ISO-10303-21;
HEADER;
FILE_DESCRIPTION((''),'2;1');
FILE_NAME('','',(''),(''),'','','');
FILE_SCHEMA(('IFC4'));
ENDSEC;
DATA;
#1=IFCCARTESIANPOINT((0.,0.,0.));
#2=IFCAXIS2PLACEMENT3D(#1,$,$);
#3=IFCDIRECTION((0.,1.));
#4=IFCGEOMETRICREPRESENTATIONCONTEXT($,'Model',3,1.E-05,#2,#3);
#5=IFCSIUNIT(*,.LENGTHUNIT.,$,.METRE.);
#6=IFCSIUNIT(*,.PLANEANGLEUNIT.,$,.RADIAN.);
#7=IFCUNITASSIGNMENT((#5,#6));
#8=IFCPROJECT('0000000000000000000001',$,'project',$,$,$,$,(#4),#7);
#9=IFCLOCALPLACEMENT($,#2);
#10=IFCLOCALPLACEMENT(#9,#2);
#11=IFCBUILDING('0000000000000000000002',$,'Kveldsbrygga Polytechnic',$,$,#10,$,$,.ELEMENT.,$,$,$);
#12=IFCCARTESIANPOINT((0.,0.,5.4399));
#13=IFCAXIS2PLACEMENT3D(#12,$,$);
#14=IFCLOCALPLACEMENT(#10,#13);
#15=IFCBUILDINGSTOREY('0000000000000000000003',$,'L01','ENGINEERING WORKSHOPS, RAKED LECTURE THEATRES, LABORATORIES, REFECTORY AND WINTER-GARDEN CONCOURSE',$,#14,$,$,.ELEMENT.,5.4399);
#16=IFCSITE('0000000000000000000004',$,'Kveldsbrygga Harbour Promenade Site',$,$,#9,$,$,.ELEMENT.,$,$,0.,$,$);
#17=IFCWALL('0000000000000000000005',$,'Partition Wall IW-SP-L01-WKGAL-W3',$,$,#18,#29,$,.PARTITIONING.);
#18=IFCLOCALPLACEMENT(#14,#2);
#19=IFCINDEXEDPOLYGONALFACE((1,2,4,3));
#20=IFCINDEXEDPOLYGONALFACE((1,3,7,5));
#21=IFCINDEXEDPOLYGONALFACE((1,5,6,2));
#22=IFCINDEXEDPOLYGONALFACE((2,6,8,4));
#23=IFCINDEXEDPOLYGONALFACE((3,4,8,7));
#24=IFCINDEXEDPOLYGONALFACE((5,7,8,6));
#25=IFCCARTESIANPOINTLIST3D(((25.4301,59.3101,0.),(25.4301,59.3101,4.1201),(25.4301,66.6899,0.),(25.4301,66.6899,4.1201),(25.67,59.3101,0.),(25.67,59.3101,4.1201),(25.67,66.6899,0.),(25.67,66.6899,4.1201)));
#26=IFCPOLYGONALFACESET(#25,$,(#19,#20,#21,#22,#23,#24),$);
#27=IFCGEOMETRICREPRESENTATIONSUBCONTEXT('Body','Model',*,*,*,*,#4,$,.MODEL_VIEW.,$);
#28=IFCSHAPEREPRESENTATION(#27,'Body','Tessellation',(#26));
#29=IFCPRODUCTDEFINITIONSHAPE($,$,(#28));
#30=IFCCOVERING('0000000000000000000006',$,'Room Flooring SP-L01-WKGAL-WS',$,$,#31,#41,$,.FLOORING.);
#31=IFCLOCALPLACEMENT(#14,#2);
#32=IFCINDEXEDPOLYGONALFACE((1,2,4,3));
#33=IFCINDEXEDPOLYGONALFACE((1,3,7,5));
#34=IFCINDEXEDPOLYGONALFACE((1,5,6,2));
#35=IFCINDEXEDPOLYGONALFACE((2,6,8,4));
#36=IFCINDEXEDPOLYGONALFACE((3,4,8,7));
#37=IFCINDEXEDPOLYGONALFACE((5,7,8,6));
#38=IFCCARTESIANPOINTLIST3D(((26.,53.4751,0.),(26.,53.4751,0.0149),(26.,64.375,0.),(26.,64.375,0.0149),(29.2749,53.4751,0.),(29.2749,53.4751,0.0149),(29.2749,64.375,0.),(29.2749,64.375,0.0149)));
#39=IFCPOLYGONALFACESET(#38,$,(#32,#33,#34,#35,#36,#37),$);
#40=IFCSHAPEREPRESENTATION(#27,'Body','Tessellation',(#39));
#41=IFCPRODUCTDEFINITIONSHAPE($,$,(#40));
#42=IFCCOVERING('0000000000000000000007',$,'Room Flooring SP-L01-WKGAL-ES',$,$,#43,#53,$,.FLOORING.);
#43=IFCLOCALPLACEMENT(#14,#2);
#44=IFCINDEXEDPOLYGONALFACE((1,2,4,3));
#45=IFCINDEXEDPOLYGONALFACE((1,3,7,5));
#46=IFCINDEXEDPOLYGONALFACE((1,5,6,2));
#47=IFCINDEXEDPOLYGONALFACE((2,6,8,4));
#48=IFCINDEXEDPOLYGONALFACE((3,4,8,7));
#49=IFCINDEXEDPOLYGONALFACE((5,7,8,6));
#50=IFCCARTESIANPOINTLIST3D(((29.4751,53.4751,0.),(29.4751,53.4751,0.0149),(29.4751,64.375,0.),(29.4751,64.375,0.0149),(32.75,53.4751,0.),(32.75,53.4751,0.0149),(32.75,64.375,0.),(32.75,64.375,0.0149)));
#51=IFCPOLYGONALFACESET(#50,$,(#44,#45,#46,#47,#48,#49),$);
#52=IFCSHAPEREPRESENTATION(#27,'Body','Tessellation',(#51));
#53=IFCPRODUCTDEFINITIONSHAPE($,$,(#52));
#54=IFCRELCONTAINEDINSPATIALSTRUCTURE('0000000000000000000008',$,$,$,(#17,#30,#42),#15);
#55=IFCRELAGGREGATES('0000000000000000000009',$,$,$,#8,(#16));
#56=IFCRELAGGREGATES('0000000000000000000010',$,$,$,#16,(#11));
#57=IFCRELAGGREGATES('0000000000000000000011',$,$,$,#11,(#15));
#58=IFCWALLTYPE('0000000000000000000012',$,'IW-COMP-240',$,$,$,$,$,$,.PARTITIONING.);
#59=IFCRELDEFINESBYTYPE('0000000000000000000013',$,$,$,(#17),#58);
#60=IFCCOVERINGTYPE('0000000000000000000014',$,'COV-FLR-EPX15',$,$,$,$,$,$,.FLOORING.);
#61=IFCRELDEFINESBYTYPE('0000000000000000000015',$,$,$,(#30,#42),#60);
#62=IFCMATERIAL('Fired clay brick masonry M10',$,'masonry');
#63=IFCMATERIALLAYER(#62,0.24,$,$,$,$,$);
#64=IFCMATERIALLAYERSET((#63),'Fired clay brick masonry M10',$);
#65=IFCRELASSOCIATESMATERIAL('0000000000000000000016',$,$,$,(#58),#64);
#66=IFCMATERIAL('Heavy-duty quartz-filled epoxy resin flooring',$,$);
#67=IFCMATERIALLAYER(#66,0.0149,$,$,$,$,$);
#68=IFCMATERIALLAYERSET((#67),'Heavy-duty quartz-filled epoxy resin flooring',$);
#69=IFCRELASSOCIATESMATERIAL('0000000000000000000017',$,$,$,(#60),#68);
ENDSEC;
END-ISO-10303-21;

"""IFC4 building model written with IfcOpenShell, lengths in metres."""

from ifc_helpers import new_model, si_unit, direction, frame, frame_2d, origin, origin_2d, place, context, subcontext, project, spatial, rectangle, extrude, material, layer, layer_set, type_object, element, save


model = new_model("IFC4")

# Units and contexts
model_context = context("Model", 3, precision=1e-05, world=origin(), true_north=direction((0.0, 1.0)))
body_context = subcontext(model_context, "Body", "Model", "MODEL_VIEW")
ifc_project = project(units=[si_unit("LENGTHUNIT", "METRE"), si_unit("PLANEANGLEUNIT", "RADIAN")], contexts=[model_context])

# Site, building, storey
site_placement = place(None, origin())
site = spatial("IfcSite", under=ifc_project, at=site_placement, Name="Kveldsbrygga Harbour Promenade Site", CompositionType="ELEMENT", RefElevation=0.0)
building_placement = place(site_placement, origin())
building = spatial("IfcBuilding", under=site, at=building_placement, Name="Kveldsbrygga Polytechnic", CompositionType="ELEMENT")
storey_placement = place(building_placement, frame((0.0, 0.0, 5.4399)))
storey = spatial("IfcBuildingStorey", under=building, at=storey_placement, Name="L01", Description="ENGINEERING WORKSHOPS, RAKED LECTURE THEATRES, LABORATORIES, REFECTORY AND WINTER-GARDEN CONCOURSE", CompositionType="ELEMENT", Elevation=5.4399)

# Shared definitions
ifc_material_1 = material(Name="Fired clay brick masonry M10", Category="masonry")

# Wall
ifc_layer_1 = layer(ifc_material_1, 0.24)
ifc_layer_set_1 = layer_set([ifc_layer_1], Name="Fired clay brick masonry M10")
wall_type_1 = type_object("IfcWallType", Name="IW-COMP-240", PredefinedType="PARTITIONING", material=ifc_layer_set_1)
wall_1_placement = place(storey_placement, frame((25.55, 59.3101, 0.0), z_axis=(0.0, 0.0, 1.0), x_axis=(0.0, 1.0, 0.0)))
element("IfcWall", 1, at=wall_1_placement, inside=storey, type_object=wall_type_1, Name="Partition Wall IW-SP-L01-WKGAL-W3", PredefinedType="PARTITIONING", context=body_context, shape_type="SweptSolid", body=[
    extrude(rectangle(XDim=7.3799, YDim=0.24, at=frame_2d((3.6899, 0.0))), origin(), (0.0, 0.0, 1.0), 4.1201),
])

# Coverings
ifc_material_2 = material(Name="Heavy-duty quartz-filled epoxy resin flooring")
ifc_layer_2 = layer(ifc_material_2, 0.0149)
ifc_layer_set_2 = layer_set([ifc_layer_2], Name="Heavy-duty quartz-filled epoxy resin flooring")
covering_type = type_object("IfcCoveringType", Name="COV-FLR-EPX15", PredefinedType="FLOORING", material=ifc_layer_set_2)
for number, where, z_axis, x_axis, name in (
    (2, (27.6375, 58.925, 0.0), (0.0, 0.0, 1.0), (1.0, 0.0, 0.0), "Room Flooring SP-L01-WKGAL-WS"),
    (3, (31.1125, 58.925, 0.0), (0.0, 0.0, 1.0), (1.0, 0.0, 0.0), "Room Flooring SP-L01-WKGAL-ES"),
):
    element("IfcCovering", number, at=place(storey_placement, frame(where, z_axis=z_axis, x_axis=x_axis)), inside=storey, type_object=covering_type, Name=name, PredefinedType="FLOORING", context=body_context, shape_type="SweptSolid", body=[
        extrude(rectangle(XDim=3.2749, YDim=10.8999, at=origin_2d()), origin(), (0.0, 0.0, 1.0), 0.0149),
    ])

save(model, "model.ifc")
